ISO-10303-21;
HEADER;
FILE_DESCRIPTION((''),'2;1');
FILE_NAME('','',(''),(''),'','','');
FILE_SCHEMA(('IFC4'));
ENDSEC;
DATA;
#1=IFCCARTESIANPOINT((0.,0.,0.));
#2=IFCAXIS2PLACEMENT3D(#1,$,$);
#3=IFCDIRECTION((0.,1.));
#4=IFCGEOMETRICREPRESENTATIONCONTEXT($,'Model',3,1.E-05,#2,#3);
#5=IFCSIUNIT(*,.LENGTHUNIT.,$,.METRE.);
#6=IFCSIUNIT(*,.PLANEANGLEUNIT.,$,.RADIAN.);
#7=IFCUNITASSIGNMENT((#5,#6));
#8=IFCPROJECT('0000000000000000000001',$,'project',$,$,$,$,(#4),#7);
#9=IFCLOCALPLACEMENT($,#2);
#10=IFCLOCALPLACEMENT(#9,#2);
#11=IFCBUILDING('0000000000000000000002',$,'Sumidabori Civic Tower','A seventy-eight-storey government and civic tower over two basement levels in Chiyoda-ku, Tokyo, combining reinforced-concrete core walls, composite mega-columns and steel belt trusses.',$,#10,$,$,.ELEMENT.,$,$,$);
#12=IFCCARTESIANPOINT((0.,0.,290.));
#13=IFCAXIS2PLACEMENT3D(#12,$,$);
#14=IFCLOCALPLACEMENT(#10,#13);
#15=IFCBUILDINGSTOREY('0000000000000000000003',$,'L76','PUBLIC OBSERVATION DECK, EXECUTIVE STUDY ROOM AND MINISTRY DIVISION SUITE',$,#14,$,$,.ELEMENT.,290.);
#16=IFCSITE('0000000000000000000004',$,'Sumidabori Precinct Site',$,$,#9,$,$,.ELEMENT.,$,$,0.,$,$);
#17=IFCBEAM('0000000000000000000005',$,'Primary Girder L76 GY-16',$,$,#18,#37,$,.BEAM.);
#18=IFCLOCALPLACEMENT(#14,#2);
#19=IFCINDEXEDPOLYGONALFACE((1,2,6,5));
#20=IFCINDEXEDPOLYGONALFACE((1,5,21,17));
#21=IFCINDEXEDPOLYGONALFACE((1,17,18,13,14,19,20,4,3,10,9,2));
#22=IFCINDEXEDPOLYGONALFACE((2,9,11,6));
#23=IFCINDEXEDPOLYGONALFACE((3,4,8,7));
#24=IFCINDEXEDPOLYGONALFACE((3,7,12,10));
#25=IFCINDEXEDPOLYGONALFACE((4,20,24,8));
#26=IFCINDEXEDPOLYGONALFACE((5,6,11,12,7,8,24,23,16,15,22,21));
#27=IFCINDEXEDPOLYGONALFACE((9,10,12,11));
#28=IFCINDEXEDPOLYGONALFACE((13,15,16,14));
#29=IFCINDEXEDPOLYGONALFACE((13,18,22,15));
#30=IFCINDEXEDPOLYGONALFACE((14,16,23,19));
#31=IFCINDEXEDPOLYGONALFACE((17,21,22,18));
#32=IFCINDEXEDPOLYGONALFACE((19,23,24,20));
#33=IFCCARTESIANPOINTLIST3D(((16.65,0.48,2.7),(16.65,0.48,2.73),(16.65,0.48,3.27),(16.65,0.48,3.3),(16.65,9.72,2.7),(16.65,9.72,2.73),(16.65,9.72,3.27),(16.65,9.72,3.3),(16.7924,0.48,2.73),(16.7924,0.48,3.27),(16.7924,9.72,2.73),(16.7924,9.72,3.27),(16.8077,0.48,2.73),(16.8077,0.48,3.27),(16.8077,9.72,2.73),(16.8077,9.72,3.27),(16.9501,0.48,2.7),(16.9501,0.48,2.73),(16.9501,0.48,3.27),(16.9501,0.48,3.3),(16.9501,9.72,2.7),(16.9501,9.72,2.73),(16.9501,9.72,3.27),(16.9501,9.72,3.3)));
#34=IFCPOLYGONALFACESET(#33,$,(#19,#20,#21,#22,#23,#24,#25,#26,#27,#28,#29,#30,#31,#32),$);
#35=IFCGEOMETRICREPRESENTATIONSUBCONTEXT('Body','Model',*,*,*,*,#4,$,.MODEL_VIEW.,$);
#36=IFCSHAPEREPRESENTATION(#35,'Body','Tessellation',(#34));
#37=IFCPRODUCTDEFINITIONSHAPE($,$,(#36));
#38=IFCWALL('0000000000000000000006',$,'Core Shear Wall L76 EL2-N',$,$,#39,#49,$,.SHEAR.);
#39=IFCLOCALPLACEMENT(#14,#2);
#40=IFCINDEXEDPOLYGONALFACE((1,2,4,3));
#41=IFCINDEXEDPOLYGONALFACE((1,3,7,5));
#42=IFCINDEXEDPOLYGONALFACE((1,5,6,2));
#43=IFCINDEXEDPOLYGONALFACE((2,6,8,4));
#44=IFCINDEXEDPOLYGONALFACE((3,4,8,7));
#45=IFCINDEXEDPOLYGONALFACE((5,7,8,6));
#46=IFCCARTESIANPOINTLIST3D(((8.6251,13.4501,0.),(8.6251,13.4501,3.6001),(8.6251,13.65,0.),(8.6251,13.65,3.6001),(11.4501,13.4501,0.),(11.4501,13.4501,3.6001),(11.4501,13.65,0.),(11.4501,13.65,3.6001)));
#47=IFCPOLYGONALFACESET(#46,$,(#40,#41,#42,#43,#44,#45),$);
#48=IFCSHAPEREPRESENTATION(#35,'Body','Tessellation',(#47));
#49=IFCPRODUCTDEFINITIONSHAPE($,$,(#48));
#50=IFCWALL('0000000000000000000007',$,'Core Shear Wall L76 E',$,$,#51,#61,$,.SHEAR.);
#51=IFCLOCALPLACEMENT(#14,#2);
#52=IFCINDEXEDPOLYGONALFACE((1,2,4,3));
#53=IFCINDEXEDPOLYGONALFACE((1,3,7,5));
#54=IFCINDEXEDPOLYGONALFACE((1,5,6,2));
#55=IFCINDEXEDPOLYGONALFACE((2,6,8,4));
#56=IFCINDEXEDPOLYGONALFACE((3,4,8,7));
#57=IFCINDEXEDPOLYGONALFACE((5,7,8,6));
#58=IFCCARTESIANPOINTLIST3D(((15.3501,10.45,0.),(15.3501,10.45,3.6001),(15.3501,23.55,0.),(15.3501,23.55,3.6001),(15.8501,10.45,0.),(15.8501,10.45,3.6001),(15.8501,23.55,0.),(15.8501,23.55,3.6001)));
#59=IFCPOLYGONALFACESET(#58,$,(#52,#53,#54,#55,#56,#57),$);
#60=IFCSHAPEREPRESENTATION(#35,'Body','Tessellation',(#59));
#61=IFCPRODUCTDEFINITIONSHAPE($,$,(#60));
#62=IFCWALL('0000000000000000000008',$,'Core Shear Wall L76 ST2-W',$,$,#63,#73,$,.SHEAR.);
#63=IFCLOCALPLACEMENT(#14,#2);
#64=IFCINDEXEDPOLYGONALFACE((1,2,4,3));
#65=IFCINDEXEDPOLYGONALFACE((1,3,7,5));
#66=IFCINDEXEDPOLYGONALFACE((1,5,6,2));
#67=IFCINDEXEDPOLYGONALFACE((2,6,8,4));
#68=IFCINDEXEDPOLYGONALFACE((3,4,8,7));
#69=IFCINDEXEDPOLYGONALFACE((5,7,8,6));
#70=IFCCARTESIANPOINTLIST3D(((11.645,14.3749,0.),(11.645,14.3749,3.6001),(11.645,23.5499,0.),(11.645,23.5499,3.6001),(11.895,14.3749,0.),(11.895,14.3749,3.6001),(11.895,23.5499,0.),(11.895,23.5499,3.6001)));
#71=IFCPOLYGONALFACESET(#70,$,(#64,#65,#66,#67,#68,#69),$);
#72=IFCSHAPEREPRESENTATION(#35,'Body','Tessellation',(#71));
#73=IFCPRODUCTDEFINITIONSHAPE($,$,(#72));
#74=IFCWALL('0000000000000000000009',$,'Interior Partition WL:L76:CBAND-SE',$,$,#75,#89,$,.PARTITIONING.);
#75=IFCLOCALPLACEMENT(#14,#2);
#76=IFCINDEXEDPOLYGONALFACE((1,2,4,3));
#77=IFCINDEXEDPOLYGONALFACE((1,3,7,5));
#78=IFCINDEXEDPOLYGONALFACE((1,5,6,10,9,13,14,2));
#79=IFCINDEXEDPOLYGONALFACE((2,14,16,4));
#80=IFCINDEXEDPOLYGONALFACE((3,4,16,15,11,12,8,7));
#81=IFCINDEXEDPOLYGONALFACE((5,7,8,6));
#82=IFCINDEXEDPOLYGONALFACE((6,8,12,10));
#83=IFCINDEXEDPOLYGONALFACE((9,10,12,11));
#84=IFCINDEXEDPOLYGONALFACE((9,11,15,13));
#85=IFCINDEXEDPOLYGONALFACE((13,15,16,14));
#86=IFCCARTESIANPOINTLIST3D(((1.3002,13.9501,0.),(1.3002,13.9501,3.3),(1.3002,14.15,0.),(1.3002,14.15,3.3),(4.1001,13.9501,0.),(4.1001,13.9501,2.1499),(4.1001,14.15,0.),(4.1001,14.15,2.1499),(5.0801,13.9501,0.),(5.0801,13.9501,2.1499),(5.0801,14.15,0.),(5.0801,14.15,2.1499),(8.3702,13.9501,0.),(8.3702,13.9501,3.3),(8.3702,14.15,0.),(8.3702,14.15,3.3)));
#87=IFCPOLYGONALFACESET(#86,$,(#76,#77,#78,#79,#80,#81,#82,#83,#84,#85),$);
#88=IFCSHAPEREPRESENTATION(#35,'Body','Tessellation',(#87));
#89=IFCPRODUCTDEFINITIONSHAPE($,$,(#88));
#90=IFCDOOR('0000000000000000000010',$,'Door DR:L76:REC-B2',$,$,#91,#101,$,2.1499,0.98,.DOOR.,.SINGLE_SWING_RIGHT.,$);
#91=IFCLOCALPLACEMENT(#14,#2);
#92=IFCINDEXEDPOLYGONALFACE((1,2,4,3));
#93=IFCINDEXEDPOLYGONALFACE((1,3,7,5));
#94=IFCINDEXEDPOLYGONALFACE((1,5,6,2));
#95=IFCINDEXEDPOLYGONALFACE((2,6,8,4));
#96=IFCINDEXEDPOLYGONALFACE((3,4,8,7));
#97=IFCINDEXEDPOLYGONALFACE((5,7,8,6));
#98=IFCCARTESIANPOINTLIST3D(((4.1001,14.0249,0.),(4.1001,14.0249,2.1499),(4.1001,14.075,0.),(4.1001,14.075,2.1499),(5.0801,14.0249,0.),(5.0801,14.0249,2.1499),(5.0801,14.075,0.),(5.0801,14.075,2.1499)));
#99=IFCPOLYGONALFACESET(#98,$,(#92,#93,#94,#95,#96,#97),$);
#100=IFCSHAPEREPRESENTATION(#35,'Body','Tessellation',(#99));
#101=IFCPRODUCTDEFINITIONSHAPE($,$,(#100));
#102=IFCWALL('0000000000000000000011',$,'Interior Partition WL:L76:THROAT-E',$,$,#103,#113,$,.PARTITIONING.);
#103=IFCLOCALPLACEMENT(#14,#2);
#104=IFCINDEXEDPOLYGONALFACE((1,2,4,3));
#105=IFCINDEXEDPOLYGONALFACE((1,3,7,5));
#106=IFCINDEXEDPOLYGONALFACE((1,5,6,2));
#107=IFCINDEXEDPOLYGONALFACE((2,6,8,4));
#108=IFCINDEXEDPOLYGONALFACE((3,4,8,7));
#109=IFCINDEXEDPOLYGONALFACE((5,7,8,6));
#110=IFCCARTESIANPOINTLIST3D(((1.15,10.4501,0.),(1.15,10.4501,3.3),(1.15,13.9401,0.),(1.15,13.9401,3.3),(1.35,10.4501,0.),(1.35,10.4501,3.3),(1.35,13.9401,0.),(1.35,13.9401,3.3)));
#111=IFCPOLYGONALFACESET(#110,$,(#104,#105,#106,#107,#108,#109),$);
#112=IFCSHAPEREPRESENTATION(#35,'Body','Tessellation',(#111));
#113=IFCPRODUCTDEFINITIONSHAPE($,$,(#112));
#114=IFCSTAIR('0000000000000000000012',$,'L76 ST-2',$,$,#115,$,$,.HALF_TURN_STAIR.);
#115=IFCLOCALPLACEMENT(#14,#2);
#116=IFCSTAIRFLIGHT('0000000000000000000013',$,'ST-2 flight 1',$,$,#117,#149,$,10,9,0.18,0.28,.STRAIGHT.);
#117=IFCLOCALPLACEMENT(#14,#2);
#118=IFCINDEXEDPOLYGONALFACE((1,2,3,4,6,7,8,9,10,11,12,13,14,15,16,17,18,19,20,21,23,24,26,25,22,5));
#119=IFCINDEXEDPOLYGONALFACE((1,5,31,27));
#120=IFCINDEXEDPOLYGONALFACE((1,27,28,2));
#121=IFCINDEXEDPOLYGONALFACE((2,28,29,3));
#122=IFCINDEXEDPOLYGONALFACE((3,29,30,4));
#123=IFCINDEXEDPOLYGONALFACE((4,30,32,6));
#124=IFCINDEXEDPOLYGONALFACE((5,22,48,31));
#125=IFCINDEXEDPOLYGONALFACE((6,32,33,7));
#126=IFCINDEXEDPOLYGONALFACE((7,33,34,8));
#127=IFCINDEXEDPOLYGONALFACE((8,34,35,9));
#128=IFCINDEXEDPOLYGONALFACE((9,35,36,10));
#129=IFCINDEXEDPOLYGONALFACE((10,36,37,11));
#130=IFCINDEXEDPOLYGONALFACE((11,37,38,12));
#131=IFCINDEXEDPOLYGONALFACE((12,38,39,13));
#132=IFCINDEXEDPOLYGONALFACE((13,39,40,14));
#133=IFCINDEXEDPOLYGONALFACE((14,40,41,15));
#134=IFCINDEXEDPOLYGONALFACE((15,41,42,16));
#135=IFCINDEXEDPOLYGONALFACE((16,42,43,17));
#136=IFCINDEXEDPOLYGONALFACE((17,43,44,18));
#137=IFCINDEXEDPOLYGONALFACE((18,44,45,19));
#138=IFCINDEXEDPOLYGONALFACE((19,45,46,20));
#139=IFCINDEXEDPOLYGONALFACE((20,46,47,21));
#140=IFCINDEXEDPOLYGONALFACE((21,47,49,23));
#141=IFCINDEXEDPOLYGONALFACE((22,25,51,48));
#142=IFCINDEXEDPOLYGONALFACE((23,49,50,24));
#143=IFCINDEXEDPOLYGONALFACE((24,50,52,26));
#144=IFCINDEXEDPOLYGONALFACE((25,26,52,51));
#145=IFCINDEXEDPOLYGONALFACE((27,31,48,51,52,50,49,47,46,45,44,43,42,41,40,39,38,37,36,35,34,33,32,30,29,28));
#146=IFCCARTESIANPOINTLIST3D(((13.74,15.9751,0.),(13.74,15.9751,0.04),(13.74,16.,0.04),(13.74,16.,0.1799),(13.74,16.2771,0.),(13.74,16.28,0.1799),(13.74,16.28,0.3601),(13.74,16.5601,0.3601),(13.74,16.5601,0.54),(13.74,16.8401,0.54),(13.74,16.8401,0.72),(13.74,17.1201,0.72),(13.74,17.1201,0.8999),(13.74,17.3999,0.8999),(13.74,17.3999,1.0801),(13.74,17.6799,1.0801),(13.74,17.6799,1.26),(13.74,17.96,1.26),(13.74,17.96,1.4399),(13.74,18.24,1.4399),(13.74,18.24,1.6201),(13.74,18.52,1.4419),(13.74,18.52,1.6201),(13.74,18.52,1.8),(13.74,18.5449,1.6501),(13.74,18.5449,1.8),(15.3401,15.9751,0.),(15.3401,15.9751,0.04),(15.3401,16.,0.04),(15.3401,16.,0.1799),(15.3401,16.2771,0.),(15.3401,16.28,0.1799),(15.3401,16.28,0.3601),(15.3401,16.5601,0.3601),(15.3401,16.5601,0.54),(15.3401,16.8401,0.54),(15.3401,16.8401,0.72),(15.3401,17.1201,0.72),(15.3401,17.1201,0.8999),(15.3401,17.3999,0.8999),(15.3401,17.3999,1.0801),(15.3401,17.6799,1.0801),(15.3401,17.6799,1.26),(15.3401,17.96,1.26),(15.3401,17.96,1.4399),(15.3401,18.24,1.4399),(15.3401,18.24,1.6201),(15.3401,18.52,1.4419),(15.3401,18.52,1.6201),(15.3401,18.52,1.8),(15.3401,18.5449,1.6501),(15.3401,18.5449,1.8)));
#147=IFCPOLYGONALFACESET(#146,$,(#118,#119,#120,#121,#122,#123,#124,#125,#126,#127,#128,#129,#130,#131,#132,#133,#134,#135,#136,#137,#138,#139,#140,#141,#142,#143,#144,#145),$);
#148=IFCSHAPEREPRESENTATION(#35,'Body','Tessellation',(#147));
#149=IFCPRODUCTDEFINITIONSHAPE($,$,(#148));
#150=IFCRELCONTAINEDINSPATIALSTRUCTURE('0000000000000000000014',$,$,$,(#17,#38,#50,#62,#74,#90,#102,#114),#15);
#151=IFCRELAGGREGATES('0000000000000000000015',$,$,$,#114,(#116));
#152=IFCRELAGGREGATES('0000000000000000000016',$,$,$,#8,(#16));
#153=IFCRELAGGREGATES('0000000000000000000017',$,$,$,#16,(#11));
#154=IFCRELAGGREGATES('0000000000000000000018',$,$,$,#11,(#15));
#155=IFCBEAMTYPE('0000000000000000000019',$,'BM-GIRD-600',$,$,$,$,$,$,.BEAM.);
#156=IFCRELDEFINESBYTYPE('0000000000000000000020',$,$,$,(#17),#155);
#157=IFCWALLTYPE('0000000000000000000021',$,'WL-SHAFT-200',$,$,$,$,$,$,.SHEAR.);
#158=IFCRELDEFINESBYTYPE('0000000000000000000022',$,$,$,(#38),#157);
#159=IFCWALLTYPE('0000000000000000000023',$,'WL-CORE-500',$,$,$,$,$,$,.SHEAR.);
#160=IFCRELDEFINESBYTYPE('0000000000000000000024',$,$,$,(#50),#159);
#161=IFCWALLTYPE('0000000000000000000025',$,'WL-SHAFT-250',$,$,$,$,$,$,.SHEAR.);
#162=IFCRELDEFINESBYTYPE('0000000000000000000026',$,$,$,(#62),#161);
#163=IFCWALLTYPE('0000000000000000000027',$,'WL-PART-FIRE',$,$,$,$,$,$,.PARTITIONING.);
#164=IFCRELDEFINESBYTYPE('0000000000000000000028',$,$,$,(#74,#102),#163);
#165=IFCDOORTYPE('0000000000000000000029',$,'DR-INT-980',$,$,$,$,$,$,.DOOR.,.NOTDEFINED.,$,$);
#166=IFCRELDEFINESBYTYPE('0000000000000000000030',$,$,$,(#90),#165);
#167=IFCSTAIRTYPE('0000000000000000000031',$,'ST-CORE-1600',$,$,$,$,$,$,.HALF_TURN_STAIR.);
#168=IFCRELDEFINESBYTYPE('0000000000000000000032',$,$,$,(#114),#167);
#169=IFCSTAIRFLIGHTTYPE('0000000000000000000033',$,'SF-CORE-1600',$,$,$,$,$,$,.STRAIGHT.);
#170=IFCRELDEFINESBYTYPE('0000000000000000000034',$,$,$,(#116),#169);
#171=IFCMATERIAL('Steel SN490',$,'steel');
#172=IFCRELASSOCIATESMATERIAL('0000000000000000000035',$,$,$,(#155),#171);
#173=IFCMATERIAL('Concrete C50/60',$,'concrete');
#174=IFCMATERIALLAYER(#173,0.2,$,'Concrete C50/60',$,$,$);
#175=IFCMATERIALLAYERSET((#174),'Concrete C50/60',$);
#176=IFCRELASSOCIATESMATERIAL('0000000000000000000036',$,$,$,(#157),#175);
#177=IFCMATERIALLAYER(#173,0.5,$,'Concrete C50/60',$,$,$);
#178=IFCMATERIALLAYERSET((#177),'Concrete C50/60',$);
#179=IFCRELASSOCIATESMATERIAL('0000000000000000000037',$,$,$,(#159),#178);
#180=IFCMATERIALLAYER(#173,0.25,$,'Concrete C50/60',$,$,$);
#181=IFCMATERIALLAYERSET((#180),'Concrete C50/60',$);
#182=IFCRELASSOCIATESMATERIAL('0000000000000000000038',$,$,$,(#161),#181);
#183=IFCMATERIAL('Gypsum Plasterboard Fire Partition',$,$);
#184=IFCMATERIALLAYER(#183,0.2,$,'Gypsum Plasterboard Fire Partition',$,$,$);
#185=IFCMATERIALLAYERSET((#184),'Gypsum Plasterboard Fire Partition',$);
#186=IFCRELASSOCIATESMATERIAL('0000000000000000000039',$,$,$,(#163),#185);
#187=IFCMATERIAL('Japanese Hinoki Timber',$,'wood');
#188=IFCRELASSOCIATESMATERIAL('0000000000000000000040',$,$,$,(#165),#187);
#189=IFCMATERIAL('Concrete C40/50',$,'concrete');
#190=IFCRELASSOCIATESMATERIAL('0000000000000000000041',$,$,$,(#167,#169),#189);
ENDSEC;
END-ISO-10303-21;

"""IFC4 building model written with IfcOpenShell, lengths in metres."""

from ifc_helpers import new_model, si_unit, direction, frame, frame_2d, origin, origin_2d, place, context, subcontext, project, spatial, polyline, rectangle, i_section, outline, extrude, source, transform, mapped, material, layer, layer_set, material_profile, profile_set, type_object, element, fill, aggregate, save


model = new_model("IFC4")

# Units and contexts
model_context = context("Model", 3, precision=1e-05, world=origin(), true_north=direction((0.0, 1.0)))
body_context = subcontext(model_context, "Body", "Model", "MODEL_VIEW")
ifc_project = project(units=[si_unit("LENGTHUNIT", "METRE"), si_unit("PLANEANGLEUNIT", "RADIAN")], contexts=[model_context])

# Site, building, storey
site_placement = place(None, origin())
site = spatial("IfcSite", under=ifc_project, at=site_placement, Name="Sumidabori Precinct Site", CompositionType="ELEMENT", RefElevation=0.0)
building_placement = place(site_placement, origin())
building = spatial("IfcBuilding", under=site, at=building_placement, Name="Sumidabori Civic Tower", Description="A seventy-eight-storey government and civic tower over two basement levels in Chiyoda-ku, Tokyo, combining reinforced-concrete core walls, composite mega-columns and steel belt trusses.", CompositionType="ELEMENT")
storey_placement = place(building_placement, frame((0.0, 0.0, 290.0)))
storey = spatial("IfcBuildingStorey", under=building, at=storey_placement, Name="L76", Description="PUBLIC OBSERVATION DECK, EXECUTIVE STUDY ROOM AND MINISTRY DIVISION SUITE", CompositionType="ELEMENT", Elevation=290.0)

# Beam
ifc_material_1 = material(Name="Steel SN490", Category="steel")
ifc_material_profile = material_profile(ifc_material_1, i_section(OverallWidth=0.3, OverallDepth=0.6001, WebThickness=0.0154, FlangeThickness=0.03, at=origin_2d()), Name="HE 600 B")
ifc_profile_set = profile_set([ifc_material_profile], Name="Steel SN490")
beam_type = type_object("IfcBeamType", Name="BM-GIRD-600", PredefinedType="BEAM", material=ifc_profile_set)
shared_shape_1 = source(origin(), body_context, "Body", "SweptSolid", [
    extrude(i_section(OverallWidth=0.3, OverallDepth=0.6001, WebThickness=0.0154, FlangeThickness=0.03, at=origin_2d()), origin(), (0.0, 0.0, 1.0), 9.24),
])
beam_placement = place(storey_placement, frame((16.8, 0.48, 3.0), z_axis=(0.0, 1.0, 0.0), x_axis=(-1.0, 0.0, 0.0)))
element("IfcBeam", 1, at=beam_placement, inside=storey, type_object=beam_type, Name="Primary Girder L76 GY-16", PredefinedType="BEAM", context=body_context, shape_type="MappedRepresentation", body=[
    mapped(shared_shape_1, transform((0.0, 0.0, 0.0), x_axis=(1.0, 0.0, 0.0), y_axis=(0.0, 1.0, 0.0), z_axis=(0.0, 0.0, 1.0), scale=1.0)),
])

# Walls
ifc_material_2 = material(Name="Concrete C50/60", Category="concrete")
ifc_layer_1 = layer(ifc_material_2, 0.2, Name="Concrete C50/60")
ifc_layer_set_1 = layer_set([ifc_layer_1], Name="Concrete C50/60")
wall_type_1 = type_object("IfcWallType", Name="WL-SHAFT-200", PredefinedType="SHEAR", material=ifc_layer_set_1)
shared_shape_2 = source(origin(), body_context, "Body", "SweptSolid", [
    extrude(rectangle(XDim=2.825, YDim=0.2, at=frame_2d((1.4126, 0.0))), origin(), (0.0, 0.0, 1.0), 3.6001),
])
wall_1_placement = place(storey_placement, frame((8.625, 13.55, 0.0), z_axis=(0.0, 0.0, 1.0), x_axis=(1.0, 0.0, 0.0)))
element("IfcWall", 2, at=wall_1_placement, inside=storey, type_object=wall_type_1, Name="Core Shear Wall L76 EL2-N", PredefinedType="SHEAR", context=body_context, shape_type="MappedRepresentation", body=[
    mapped(shared_shape_2, transform((0.0, 0.0, 0.0), x_axis=(1.0, 0.0, 0.0), y_axis=(0.0, 1.0, 0.0), z_axis=(0.0, 0.0, 1.0), scale=1.0)),
])
ifc_layer_2 = layer(ifc_material_2, 0.5, Name="Concrete C50/60")
ifc_layer_set_2 = layer_set([ifc_layer_2], Name="Concrete C50/60")
wall_type_2 = type_object("IfcWallType", Name="WL-CORE-500", PredefinedType="SHEAR", material=ifc_layer_set_2)
shared_shape_3 = source(origin(), body_context, "Body", "SweptSolid", [
    extrude(rectangle(XDim=13.1001, YDim=0.5, at=frame_2d((6.55, 0.0))), origin(), (0.0, 0.0, 1.0), 3.6001),
])
wall_2_placement = place(storey_placement, frame((15.6001, 10.45, 0.0), z_axis=(0.0, 0.0, 1.0), x_axis=(0.0, 1.0, 0.0)))
element("IfcWall", 3, at=wall_2_placement, inside=storey, type_object=wall_type_2, Name="Core Shear Wall L76 E", PredefinedType="SHEAR", context=body_context, shape_type="MappedRepresentation", body=[
    mapped(shared_shape_3, transform((0.0, 0.0, 0.0), x_axis=(1.0, 0.0, 0.0), y_axis=(0.0, 1.0, 0.0), z_axis=(0.0, 0.0, 1.0), scale=1.0)),
])

# Shared definitions
ifc_layer_3 = layer(ifc_material_2, 0.25, Name="Concrete C50/60")
ifc_layer_set_3 = layer_set([ifc_layer_3], Name="Concrete C50/60")
wall_type_3 = type_object("IfcWallType", Name="WL-SHAFT-250", PredefinedType="SHEAR", material=ifc_layer_set_3)
ifc_material_3 = material(Name="Japanese Hinoki Timber", Category="wood")

# Wall
shared_shape_4 = source(origin(), body_context, "Body", "SweptSolid", [
    extrude(rectangle(XDim=9.175, YDim=0.25, at=frame_2d((4.5874, 0.0))), origin(), (0.0, 0.0, 1.0), 3.6001),
])
wall_3_placement = place(storey_placement, frame((11.77, 14.375, 0.0), z_axis=(0.0, 0.0, 1.0), x_axis=(0.0, 1.0, 0.0)))
element("IfcWall", 4, at=wall_3_placement, inside=storey, type_object=wall_type_3, Name="Core Shear Wall L76 ST2-W", PredefinedType="SHEAR", context=body_context, shape_type="MappedRepresentation", body=[
    mapped(shared_shape_4, transform((0.0, 0.0, 0.0), x_axis=(1.0, 0.0, 0.0), y_axis=(0.0, 1.0, 0.0), z_axis=(0.0, 0.0, 1.0), scale=1.0)),
])

# Wall, opening, door
ifc_material_4 = material(Name="Gypsum Plasterboard Fire Partition")
ifc_layer_4 = layer(ifc_material_4, 0.2, Name="Gypsum Plasterboard Fire Partition")
ifc_layer_set_4 = layer_set([ifc_layer_4], Name="Gypsum Plasterboard Fire Partition")
wall_type_4 = type_object("IfcWallType", Name="WL-PART-FIRE", PredefinedType="PARTITIONING", material=ifc_layer_set_4)
shared_shape_5 = source(origin(), body_context, "Body", "SweptSolid", [
    extrude(rectangle(XDim=7.0701, YDim=0.2, at=frame_2d((3.5352, 0.0))), origin(), (0.0, 0.0, 1.0), 3.3),
])
wall_4_placement = place(storey_placement, frame((1.3, 14.05, 0.0), z_axis=(0.0, 0.0, 1.0), x_axis=(1.0, 0.0, 0.0)))
wall_4 = element("IfcWall", 5, at=wall_4_placement, inside=storey, type_object=wall_type_4, Name="Interior Partition WL:L76:CBAND-SE", PredefinedType="PARTITIONING", context=body_context, shape_type="MappedRepresentation", body=[
    mapped(shared_shape_5, transform((0.0, 0.0, 0.0), x_axis=(1.0, 0.0, 0.0), y_axis=(0.0, 1.0, 0.0), z_axis=(0.0, 0.0, 1.0), scale=1.0)),
])
opening_1_placement = place(wall_4_placement, frame((2.8, 0.0, 0.0)))
opening_1 = element("IfcOpeningElement", 6, at=opening_1_placement, cuts=wall_4, PredefinedType="OPENING", context=body_context, shape_type="SweptSolid", body=[
    extrude(rectangle(XDim=0.98, YDim=2.1499, at=frame_2d((0.49, 1.075))), frame((0.0, 0.1118, 0.0), z_axis=(0.0, -1.0, 0.0), x_axis=(1.0, 0.0, 0.0)), (0.0, 0.0, 1.0), 0.2239),
])
door_type_1 = type_object("IfcDoorType", Name="DR-INT-980", OperationType="NOTDEFINED", PredefinedType="DOOR", material=ifc_material_3)
shared_shape_6 = source(origin(), body_context, "Body", "SweptSolid", [
    extrude(rectangle(XDim=0.98, YDim=2.1499, at=frame_2d((0.49, 1.075))), frame((0.0, 0.0249, 0.0), z_axis=(0.0, -1.0, 0.0), x_axis=(1.0, 0.0, 0.0)), (0.0, 0.0, 1.0), 0.05),
])
door_1_placement = place(opening_1_placement, origin())
door_1 = element("IfcDoor", 7, at=door_1_placement, inside=storey, type_object=door_type_1, Name="Door DR:L76:REC-B2", OperationType="SINGLE_SWING_RIGHT", OverallHeight=2.1499, OverallWidth=0.98, PredefinedType="DOOR", context=body_context, shape_type="MappedRepresentation", body=[
    mapped(shared_shape_6, transform((0.0, 0.0, 0.0), x_axis=(1.0, 0.0, 0.0), y_axis=(0.0, 1.0, 0.0), z_axis=(0.0, 0.0, 1.0), scale=1.0)),
])
fill(opening_1, door_1)

# Wall
shared_shape_7 = source(origin(), body_context, "Body", "SweptSolid", [
    extrude(rectangle(XDim=3.49, YDim=0.2, at=frame_2d((1.7451, 0.0))), origin(), (0.0, 0.0, 1.0), 3.3),
])
wall_5_placement = place(storey_placement, frame((1.25, 10.45, 0.0), z_axis=(0.0, 0.0, 1.0), x_axis=(0.0, 1.0, 0.0)))
element("IfcWall", 8, at=wall_5_placement, inside=storey, type_object=wall_type_4, Name="Interior Partition WL:L76:THROAT-E", PredefinedType="PARTITIONING", context=body_context, shape_type="MappedRepresentation", body=[
    mapped(shared_shape_7, transform((0.0, 0.0, 0.0), x_axis=(1.0, 0.0, 0.0), y_axis=(0.0, 1.0, 0.0), z_axis=(0.0, 0.0, 1.0), scale=1.0)),
])

# Stair, stair flight
ifc_material_5 = material(Name="Concrete C40/50", Category="concrete")
stair_type = type_object("IfcStairType", Name="ST-CORE-1600", PredefinedType="HALF_TURN_STAIR", material=ifc_material_5)
stair_placement = place(storey_placement, origin())
stair = element("IfcStair", 9, at=stair_placement, inside=storey, type_object=stair_type, Name="L76 ST-2", PredefinedType="HALF_TURN_STAIR")
stair_flight_type = type_object("IfcStairFlightType", Name="SF-CORE-1600", PredefinedType="STRAIGHT", material=ifc_material_5)
shared_shape_8 = source(origin(), body_context, "Body", "SweptSolid", [
    extrude(outline(polyline([(-0.0249, 0.0), (-0.0249, 0.04), (0.0, 0.04), (0.0, 0.1799), (0.28, 0.1799), (0.28, 0.3601), (0.5601, 0.3601), (0.5601, 0.54), (0.8401, 0.54), (0.8401, 0.72), (1.1201, 0.72), (1.1201, 0.8999), (1.3999, 0.8999), (1.3999, 1.0801), (1.6799, 1.0801), (1.6799, 1.26), (1.96, 1.26), (1.96, 1.4399), (2.24, 1.4399), (2.24, 1.6201), (2.52, 1.6201), (2.52, 1.8), (2.5449, 1.8), (2.5449, 1.6501), (2.52, 1.4419), (0.2771, 0.0), (-0.0249, 0.0)])), frame((0.0, 0.8, 0.0), z_axis=(0.0, -1.0, 0.0), x_axis=(1.0, 0.0, 0.0)), (0.0, 0.0, 1.0), 1.6001),
])
stair_flight_placement = place(storey_placement, frame((14.54, 16.0, 0.0), z_axis=(0.0, 0.0, 1.0), x_axis=(0.0, 1.0, 0.0)))
stair_flight = element("IfcStairFlight", 10, at=stair_flight_placement, type_object=stair_flight_type, Name="ST-2 flight 1", NumberOfRisers=10, NumberOfTreads=9, PredefinedType="STRAIGHT", RiserHeight=0.18, TreadLength=0.28, context=body_context, shape_type="MappedRepresentation", body=[
    mapped(shared_shape_8, transform((0.0, 0.0, 0.0), x_axis=(1.0, 0.0, 0.0), y_axis=(0.0, 1.0, 0.0), z_axis=(0.0, 0.0, 1.0), scale=1.0)),
])
aggregate(stair, [stair_flight])

save(model, "model.ifc")
